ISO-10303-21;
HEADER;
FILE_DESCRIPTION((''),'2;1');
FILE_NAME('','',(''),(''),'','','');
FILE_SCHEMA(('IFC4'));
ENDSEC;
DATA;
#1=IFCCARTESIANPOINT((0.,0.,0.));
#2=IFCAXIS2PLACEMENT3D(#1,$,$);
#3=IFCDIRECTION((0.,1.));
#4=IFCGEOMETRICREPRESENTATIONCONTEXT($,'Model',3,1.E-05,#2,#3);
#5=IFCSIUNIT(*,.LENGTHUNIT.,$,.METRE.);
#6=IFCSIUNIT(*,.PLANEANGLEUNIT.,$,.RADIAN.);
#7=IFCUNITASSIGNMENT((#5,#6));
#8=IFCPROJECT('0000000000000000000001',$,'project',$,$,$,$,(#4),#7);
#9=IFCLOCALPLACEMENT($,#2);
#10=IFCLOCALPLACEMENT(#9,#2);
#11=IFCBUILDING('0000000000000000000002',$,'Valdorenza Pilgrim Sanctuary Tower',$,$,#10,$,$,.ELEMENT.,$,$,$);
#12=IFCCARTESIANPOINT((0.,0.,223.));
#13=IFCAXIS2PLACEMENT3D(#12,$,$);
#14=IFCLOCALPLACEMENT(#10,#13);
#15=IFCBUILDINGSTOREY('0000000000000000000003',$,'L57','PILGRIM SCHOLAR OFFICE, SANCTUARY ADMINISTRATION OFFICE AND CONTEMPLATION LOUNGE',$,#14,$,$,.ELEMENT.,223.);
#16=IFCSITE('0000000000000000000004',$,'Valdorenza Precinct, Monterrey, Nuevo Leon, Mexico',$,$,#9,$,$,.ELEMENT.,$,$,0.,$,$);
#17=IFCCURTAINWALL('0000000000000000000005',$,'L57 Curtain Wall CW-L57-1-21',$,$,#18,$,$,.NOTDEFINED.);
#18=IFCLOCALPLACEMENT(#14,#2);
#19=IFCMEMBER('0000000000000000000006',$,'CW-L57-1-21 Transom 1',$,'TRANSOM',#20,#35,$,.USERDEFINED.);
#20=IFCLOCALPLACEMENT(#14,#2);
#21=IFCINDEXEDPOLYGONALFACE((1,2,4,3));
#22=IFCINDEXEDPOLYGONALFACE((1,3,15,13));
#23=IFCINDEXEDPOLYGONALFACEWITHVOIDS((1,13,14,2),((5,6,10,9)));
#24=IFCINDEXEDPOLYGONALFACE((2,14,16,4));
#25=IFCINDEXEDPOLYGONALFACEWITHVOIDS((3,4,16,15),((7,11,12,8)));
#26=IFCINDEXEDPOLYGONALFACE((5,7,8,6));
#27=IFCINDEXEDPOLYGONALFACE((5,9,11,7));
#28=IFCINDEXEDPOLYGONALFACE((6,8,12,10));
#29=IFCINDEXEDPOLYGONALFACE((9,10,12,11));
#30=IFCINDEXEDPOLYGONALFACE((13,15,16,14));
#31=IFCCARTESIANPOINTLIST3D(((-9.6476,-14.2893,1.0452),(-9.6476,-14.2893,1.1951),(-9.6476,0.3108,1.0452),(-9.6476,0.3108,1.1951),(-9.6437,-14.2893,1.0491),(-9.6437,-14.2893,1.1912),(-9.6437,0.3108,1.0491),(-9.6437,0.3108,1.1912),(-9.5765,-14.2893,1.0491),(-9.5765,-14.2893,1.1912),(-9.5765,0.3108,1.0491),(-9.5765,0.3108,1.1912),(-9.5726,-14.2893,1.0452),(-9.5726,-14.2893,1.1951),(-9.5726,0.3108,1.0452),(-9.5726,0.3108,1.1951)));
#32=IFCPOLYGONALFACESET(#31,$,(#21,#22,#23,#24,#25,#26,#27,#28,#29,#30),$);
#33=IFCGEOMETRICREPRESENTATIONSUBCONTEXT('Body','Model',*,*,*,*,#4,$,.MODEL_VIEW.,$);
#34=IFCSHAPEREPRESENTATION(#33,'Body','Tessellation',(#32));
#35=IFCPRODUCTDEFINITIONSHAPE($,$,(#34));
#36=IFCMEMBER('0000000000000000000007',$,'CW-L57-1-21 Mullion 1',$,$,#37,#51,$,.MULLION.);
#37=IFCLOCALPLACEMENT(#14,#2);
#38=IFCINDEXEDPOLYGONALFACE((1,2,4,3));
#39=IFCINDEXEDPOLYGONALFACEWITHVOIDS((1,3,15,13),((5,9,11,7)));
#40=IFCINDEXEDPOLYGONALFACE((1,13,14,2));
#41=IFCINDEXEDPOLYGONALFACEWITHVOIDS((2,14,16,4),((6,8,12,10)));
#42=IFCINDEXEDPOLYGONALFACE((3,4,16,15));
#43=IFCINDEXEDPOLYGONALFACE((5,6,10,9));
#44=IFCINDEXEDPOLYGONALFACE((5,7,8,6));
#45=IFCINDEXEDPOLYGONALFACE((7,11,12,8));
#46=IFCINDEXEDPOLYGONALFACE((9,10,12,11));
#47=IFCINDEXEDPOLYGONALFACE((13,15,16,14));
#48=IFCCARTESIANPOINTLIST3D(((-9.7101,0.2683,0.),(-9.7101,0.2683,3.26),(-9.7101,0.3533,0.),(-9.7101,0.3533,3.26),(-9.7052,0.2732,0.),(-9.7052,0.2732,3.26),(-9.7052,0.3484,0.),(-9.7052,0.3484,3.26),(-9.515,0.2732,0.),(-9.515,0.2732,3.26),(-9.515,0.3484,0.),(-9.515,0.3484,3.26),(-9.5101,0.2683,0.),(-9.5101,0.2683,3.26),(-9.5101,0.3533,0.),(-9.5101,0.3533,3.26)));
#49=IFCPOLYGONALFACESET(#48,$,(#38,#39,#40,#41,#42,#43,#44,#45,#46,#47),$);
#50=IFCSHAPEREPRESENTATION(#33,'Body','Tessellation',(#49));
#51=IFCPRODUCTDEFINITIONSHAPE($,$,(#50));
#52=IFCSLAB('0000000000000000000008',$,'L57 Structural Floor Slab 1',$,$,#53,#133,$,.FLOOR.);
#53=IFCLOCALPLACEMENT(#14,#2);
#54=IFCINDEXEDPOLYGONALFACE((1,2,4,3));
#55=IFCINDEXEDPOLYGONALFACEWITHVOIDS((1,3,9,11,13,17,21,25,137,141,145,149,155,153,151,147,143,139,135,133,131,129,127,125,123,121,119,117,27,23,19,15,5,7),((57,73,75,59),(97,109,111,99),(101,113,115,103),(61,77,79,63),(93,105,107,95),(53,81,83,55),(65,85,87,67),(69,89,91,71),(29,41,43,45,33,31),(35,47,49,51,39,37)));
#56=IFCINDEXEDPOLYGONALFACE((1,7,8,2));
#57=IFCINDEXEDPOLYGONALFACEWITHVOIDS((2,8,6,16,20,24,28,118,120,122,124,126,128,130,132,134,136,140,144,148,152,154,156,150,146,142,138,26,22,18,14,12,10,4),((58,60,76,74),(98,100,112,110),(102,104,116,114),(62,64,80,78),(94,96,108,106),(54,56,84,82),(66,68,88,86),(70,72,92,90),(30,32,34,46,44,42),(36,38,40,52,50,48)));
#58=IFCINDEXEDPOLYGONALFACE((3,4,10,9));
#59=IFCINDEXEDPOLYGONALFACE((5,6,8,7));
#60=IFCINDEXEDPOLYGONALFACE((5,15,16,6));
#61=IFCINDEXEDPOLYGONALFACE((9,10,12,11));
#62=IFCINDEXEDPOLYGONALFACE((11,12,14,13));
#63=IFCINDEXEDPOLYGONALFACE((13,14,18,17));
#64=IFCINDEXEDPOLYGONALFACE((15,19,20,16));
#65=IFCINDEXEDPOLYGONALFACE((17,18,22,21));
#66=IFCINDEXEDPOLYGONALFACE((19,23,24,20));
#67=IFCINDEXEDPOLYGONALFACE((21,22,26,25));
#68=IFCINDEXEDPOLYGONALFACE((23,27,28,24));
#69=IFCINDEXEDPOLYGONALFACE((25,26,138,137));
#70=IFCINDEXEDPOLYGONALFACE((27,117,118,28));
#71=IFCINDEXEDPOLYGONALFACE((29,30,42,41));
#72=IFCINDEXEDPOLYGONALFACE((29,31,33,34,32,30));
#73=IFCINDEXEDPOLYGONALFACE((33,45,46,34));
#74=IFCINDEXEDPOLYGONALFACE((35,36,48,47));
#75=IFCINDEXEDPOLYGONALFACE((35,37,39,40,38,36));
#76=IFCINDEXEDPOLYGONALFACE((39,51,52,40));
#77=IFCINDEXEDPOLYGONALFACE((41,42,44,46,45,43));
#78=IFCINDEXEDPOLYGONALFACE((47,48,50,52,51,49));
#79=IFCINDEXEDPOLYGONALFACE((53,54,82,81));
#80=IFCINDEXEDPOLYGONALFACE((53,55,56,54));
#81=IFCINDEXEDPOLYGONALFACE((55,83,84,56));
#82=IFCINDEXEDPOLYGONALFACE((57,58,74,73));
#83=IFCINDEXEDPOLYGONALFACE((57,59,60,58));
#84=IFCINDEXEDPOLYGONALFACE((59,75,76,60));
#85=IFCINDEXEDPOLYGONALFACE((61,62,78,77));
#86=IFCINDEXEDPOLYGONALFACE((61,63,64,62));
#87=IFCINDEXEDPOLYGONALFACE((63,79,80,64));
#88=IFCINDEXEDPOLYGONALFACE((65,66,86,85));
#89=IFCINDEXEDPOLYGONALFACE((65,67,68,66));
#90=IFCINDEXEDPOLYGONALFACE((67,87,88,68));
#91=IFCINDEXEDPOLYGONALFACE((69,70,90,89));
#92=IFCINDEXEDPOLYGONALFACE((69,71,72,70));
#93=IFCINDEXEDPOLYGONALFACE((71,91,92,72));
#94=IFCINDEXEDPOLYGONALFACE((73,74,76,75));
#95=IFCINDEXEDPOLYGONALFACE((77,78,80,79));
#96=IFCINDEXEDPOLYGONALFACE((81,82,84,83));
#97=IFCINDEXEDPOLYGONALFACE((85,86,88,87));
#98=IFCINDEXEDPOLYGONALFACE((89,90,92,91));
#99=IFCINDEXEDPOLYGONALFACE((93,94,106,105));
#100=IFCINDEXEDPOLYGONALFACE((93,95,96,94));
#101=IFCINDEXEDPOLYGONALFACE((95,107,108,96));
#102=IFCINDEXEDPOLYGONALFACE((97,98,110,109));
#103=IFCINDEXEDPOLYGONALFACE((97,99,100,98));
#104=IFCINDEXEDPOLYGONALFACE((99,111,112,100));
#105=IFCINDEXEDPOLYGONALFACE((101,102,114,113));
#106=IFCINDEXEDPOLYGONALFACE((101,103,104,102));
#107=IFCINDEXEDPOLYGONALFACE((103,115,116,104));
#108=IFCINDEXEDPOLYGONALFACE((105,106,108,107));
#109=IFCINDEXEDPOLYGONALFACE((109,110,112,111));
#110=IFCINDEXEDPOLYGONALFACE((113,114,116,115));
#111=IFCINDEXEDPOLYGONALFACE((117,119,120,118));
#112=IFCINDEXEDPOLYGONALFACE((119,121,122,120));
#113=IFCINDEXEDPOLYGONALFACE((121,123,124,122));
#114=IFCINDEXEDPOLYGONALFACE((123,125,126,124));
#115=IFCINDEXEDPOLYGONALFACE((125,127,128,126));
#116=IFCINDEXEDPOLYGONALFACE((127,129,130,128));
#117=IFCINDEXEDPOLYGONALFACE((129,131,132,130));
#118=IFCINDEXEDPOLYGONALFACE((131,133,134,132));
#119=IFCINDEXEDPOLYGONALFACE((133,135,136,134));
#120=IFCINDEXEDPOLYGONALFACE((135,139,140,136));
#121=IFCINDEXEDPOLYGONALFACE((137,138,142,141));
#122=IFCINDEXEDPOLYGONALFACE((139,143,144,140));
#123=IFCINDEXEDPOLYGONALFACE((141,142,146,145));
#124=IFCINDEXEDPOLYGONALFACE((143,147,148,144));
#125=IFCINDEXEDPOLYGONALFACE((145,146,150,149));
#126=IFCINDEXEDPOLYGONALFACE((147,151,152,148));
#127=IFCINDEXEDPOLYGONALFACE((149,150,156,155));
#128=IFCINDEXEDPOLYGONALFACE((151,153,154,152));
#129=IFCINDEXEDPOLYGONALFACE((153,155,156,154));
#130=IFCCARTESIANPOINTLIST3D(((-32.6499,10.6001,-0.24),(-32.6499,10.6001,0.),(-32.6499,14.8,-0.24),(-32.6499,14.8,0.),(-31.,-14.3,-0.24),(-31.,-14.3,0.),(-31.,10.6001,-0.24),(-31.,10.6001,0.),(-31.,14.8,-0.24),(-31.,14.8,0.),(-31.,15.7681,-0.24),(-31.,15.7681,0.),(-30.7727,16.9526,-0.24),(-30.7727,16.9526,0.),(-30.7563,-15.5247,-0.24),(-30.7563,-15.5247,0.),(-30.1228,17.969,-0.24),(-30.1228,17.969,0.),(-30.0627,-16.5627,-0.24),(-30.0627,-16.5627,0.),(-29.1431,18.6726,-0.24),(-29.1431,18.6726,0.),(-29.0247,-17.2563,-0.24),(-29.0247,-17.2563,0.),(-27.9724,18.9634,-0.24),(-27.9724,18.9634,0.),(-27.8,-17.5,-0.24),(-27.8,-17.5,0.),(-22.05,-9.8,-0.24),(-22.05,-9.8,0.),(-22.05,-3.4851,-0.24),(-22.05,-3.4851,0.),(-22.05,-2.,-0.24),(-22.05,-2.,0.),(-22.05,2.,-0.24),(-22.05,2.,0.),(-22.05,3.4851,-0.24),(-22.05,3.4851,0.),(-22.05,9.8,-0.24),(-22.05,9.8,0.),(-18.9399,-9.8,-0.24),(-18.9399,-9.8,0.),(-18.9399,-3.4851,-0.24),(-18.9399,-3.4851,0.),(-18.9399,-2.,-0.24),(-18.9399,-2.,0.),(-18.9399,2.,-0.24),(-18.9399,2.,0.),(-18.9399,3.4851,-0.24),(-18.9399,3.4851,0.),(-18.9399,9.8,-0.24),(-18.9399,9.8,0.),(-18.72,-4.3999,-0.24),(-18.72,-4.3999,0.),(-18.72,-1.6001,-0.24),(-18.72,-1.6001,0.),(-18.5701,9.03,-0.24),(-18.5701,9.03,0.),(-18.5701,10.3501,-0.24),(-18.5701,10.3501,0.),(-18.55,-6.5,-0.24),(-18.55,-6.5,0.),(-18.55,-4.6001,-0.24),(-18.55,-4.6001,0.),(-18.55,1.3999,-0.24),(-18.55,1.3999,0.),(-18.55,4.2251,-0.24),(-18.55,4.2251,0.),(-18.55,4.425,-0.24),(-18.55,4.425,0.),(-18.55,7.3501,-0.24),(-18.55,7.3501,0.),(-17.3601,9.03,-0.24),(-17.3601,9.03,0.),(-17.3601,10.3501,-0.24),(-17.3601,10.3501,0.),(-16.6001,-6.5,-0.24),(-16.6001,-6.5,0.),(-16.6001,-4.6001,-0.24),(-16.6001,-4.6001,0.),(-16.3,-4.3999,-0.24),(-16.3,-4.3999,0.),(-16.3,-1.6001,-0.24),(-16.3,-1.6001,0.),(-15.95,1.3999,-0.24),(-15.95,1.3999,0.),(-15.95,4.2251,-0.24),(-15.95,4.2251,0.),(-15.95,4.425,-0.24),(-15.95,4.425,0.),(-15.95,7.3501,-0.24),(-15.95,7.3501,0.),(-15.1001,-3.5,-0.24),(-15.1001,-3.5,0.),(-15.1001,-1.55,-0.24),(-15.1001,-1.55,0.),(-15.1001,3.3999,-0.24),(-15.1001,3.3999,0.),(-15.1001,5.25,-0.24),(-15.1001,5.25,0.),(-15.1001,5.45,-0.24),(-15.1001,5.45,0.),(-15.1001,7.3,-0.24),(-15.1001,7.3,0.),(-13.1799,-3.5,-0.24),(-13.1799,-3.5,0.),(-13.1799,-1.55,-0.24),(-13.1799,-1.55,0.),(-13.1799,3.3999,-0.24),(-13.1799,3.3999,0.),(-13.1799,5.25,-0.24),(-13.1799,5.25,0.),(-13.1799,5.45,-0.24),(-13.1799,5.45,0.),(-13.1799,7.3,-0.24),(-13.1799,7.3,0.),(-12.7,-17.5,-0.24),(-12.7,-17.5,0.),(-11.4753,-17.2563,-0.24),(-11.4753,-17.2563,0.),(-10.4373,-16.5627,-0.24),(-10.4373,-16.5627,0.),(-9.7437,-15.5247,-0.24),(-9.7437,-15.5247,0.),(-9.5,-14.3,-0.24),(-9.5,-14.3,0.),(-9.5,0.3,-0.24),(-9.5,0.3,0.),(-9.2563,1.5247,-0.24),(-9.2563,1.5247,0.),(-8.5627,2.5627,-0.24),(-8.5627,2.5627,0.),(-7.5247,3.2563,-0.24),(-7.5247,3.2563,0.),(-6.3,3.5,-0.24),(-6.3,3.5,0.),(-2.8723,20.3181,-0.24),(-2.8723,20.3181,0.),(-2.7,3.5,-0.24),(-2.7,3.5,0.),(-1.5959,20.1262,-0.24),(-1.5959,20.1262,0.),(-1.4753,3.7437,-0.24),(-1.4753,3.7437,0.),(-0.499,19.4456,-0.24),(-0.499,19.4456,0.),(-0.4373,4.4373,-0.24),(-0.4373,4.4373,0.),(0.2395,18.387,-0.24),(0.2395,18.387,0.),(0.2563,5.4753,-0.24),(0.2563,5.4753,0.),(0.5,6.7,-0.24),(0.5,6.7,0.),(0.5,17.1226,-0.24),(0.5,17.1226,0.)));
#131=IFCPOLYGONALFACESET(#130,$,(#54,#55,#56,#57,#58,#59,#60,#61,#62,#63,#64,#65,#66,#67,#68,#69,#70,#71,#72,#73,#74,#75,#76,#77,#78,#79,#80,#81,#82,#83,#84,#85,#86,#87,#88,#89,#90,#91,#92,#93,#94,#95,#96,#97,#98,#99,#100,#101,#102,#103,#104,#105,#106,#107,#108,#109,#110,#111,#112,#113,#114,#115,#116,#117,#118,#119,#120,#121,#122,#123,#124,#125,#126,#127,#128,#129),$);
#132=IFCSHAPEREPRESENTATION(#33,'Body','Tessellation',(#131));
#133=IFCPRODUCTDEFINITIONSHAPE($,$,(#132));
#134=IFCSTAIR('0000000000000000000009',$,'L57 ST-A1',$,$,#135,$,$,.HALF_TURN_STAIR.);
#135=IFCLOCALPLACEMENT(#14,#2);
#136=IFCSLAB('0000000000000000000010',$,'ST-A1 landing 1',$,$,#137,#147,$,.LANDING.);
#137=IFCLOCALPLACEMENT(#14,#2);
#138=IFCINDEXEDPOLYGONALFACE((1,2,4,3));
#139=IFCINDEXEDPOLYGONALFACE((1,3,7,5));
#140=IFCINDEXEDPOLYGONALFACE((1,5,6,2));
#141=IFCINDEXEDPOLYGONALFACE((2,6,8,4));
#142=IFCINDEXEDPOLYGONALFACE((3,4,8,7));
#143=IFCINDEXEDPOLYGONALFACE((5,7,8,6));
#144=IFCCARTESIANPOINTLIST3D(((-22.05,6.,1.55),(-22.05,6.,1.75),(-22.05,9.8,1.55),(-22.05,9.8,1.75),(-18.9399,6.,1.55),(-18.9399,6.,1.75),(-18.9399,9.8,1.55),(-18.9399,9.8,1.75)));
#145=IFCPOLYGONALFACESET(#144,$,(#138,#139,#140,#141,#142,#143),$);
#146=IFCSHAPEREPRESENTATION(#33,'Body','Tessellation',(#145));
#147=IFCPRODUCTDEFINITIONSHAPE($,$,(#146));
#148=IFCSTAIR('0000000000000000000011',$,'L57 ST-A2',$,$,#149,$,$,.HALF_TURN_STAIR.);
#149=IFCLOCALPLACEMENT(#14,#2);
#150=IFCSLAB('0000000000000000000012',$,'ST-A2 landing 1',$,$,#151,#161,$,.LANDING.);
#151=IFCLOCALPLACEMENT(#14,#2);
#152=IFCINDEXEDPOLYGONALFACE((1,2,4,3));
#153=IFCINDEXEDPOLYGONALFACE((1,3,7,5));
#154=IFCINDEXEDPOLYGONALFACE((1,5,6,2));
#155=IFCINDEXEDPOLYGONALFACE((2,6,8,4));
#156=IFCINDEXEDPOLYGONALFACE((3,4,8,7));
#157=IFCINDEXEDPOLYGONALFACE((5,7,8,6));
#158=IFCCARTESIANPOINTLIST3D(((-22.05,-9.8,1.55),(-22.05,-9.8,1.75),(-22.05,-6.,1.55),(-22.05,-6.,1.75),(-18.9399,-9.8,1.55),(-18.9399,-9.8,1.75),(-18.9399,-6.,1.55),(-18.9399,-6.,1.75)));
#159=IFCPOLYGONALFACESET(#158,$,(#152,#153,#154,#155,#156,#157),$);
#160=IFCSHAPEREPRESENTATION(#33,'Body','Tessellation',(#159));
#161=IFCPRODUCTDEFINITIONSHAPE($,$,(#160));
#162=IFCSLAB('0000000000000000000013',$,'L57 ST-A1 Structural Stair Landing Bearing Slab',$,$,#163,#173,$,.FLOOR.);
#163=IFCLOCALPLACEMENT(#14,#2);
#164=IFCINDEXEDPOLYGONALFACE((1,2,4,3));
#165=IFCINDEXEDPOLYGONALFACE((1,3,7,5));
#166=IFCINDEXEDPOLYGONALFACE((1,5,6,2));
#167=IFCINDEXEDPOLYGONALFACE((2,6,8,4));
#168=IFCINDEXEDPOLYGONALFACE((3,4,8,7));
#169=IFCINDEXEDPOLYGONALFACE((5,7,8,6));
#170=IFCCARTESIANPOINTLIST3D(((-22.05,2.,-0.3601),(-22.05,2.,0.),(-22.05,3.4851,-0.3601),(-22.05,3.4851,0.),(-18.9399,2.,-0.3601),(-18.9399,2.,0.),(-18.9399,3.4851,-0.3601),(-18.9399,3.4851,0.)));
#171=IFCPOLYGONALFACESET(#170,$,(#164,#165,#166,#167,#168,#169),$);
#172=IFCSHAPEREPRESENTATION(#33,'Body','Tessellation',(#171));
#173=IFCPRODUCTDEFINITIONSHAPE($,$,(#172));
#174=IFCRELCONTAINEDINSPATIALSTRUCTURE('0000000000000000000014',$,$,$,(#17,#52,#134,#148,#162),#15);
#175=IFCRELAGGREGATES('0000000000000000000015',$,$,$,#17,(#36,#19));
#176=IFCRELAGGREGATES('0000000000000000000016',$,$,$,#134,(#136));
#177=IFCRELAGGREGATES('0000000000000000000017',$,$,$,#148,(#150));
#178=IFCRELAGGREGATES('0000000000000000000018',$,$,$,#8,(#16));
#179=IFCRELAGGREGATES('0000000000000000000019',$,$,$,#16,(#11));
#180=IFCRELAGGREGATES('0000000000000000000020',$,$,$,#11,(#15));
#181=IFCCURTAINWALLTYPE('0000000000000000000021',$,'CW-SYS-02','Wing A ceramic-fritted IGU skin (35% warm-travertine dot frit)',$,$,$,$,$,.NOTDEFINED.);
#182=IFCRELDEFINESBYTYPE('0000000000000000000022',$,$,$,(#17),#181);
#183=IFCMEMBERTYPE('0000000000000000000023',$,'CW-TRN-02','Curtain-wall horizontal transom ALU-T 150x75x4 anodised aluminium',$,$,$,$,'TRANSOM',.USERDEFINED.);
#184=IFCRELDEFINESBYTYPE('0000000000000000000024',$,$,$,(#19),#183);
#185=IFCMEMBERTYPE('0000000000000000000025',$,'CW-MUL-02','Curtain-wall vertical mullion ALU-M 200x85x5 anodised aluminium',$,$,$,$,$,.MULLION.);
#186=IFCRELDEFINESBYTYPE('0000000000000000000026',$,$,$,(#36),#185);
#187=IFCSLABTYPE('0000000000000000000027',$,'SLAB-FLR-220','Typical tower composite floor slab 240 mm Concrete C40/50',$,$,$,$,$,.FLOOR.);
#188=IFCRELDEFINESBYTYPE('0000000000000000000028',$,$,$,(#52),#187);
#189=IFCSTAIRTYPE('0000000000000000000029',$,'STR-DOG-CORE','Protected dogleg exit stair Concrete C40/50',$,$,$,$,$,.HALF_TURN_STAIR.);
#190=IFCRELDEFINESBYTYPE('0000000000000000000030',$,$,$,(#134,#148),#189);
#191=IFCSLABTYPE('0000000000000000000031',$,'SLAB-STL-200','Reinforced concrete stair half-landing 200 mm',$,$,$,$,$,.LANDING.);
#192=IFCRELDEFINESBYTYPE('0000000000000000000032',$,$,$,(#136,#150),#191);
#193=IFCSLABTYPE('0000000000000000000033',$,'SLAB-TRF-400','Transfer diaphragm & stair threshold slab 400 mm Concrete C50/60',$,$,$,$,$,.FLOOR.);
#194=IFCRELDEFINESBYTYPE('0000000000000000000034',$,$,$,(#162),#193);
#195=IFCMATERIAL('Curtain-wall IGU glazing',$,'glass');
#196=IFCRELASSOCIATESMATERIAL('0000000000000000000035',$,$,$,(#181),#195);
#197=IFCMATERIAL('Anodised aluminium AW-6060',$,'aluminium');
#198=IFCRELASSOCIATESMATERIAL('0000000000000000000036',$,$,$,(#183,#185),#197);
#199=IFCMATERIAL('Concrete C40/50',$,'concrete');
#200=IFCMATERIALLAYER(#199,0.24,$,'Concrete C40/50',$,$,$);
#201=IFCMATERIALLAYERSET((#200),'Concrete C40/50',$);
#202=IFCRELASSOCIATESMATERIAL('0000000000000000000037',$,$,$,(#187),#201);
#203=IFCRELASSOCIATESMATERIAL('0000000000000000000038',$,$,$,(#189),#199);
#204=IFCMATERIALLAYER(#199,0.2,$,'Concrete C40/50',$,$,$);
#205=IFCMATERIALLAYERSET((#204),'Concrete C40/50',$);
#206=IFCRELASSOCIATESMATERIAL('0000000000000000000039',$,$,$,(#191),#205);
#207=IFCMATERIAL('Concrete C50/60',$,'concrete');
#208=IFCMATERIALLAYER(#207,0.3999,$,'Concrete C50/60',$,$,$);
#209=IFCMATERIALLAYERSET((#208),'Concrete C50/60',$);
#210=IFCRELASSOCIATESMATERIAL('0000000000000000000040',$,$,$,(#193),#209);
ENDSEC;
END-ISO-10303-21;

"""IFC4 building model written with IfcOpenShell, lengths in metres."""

from ifc_helpers import new_model, si_unit, direction, frame, origin, origin_2d, place, context, subcontext, project, spatial, polyline, hollow_rectangle, outline, extrude, source, transform, mapped, material, layer, layer_set, material_profile, profile_set, type_object, element, aggregate, save


model = new_model("IFC4")

# Units and contexts
model_context = context("Model", 3, precision=1e-05, world=origin(), true_north=direction((0.0, 1.0)))
body_context = subcontext(model_context, "Body", "Model", "MODEL_VIEW")
ifc_project = project(units=[si_unit("LENGTHUNIT", "METRE"), si_unit("PLANEANGLEUNIT", "RADIAN")], contexts=[model_context])

# Site, building, storey
site_placement = place(None, origin())
site = spatial("IfcSite", under=ifc_project, at=site_placement, Name="Valdorenza Precinct, Monterrey, Nuevo Leon, Mexico", CompositionType="ELEMENT", RefElevation=0.0)
building_placement = place(site_placement, origin())
building = spatial("IfcBuilding", under=site, at=building_placement, Name="Valdorenza Pilgrim Sanctuary Tower", CompositionType="ELEMENT")
storey_placement = place(building_placement, frame((0.0, 0.0, 223.0)))
storey = spatial("IfcBuildingStorey", under=building, at=storey_placement, Name="L57", Description="PILGRIM SCHOLAR OFFICE, SANCTUARY ADMINISTRATION OFFICE AND CONTEMPLATION LOUNGE", CompositionType="ELEMENT", Elevation=223.0)

# Curtain wall, members
ifc_material_1 = material(Name="Curtain-wall IGU glazing", Category="glass")
curtain_wall_type = type_object("IfcCurtainWallType", Name="CW-SYS-02", Description="Wing A ceramic-fritted IGU skin (35% warm-travertine dot frit)", PredefinedType="NOTDEFINED", material=ifc_material_1)
curtain_wall_placement = place(storey_placement, origin())
curtain_wall = element("IfcCurtainWall", 1, at=curtain_wall_placement, inside=storey, type_object=curtain_wall_type, Name="L57 Curtain Wall CW-L57-1-21", PredefinedType="NOTDEFINED")
ifc_material_2 = material(Name="Anodised aluminium AW-6060", Category="aluminium")
ifc_material_profile_1 = material_profile(ifc_material_2, hollow_rectangle(XDim=0.075, YDim=0.1499, WallThickness=0.0039, at=origin_2d()), Name="ALU-T 150x75x4")
ifc_profile_set_1 = profile_set([ifc_material_profile_1], Name="Anodised aluminium AW-6060")
member_type_1 = type_object("IfcMemberType", Name="CW-TRN-02", Description="Curtain-wall horizontal transom ALU-T 150x75x4 anodised aluminium", ElementType="TRANSOM", PredefinedType="USERDEFINED", material=ifc_profile_set_1)
shared_shape_1 = source(origin(), body_context, "Body", "SweptSolid", [
    extrude(hollow_rectangle(XDim=0.075, YDim=0.1499, WallThickness=0.0039, at=origin_2d()), origin(), (0.0, 0.0, 1.0), 14.6001),
])
member_1_placement = place(storey_placement, frame((-9.6101, 0.3108, 1.1201), z_axis=(0.0, -1.0, 0.0), x_axis=(1.0, 0.0, 0.0)))
member_1 = element("IfcMember", 2, at=member_1_placement, type_object=member_type_1, Name="CW-L57-1-21 Transom 1", ObjectType="TRANSOM", PredefinedType="USERDEFINED", context=body_context, shape_type="MappedRepresentation", body=[
    mapped(shared_shape_1, transform((0.0, 0.0, 0.0), x_axis=(1.0, 0.0, 0.0), y_axis=(0.0, 1.0, 0.0), z_axis=(0.0, 0.0, 1.0), scale=1.0)),
])
ifc_material_profile_2 = material_profile(ifc_material_2, hollow_rectangle(XDim=0.085, YDim=0.2, WallThickness=0.0049, at=origin_2d()), Name="ALU-M 200x85x5")
ifc_profile_set_2 = profile_set([ifc_material_profile_2], Name="Anodised aluminium AW-6060")
member_type_2 = type_object("IfcMemberType", Name="CW-MUL-02", Description="Curtain-wall vertical mullion ALU-M 200x85x5 anodised aluminium", PredefinedType="MULLION", material=ifc_profile_set_2)
shared_shape_2 = source(origin(), body_context, "Body", "SweptSolid", [
    extrude(hollow_rectangle(XDim=0.085, YDim=0.2, WallThickness=0.0049, at=origin_2d()), origin(), (0.0, 0.0, 1.0), 3.26),
])
member_2_placement = place(storey_placement, frame((-9.6101, 0.3108, 0.0), z_axis=(0.0, 0.0, 1.0), x_axis=(0.0, -1.0, 0.0)))
member_2 = element("IfcMember", 3, at=member_2_placement, type_object=member_type_2, Name="CW-L57-1-21 Mullion 1", PredefinedType="MULLION", context=body_context, shape_type="MappedRepresentation", body=[
    mapped(shared_shape_2, transform((0.0, 0.0, 0.0), x_axis=(1.0, 0.0, 0.0), y_axis=(0.0, 1.0, 0.0), z_axis=(0.0, 0.0, 1.0), scale=1.0)),
])
aggregate(curtain_wall, [member_2, member_1])

# Slab
ifc_material_3 = material(Name="Concrete C40/50", Category="concrete")
ifc_layer_1 = layer(ifc_material_3, 0.24, Name="Concrete C40/50")
ifc_layer_set_1 = layer_set([ifc_layer_1], Name="Concrete C40/50")
slab_type_1 = type_object("IfcSlabType", Name="SLAB-FLR-220", Description="Typical tower composite floor slab 240 mm Concrete C40/50", PredefinedType="FLOOR", material=ifc_layer_set_1)
slab_1_placement = place(storey_placement, frame((0.0, 0.0, -0.24)))
element("IfcSlab", 4, at=slab_1_placement, inside=storey, type_object=slab_type_1, Name="L57 Structural Floor Slab 1", PredefinedType="FLOOR", context=body_context, shape_type="SweptSolid", body=[
    extrude(outline(polyline([(-30.7727, 16.9526), (-30.1228, 17.969), (-29.1431, 18.6726), (-27.9724, 18.9634), (-2.8723, 20.3181), (-1.5959, 20.1262), (-0.499, 19.4456), (0.2395, 18.387), (0.5, 17.1226), (0.5, 6.7), (0.2563, 5.4753), (-0.4373, 4.4373), (-1.4753, 3.7437), (-2.7, 3.5), (-6.3, 3.5), (-7.5247, 3.2563), (-8.5627, 2.5627), (-9.2563, 1.5247), (-9.5, 0.3), (-9.5, -14.3), (-9.7437, -15.5247), (-10.4373, -16.5627), (-11.4753, -17.2563), (-12.7, -17.5), (-27.8, -17.5), (-29.0247, -17.2563), (-30.0627, -16.5627), (-30.7563, -15.5247), (-31.0, -14.3), (-31.0, 10.6001), (-32.6499, 10.6001), (-32.6499, 14.8), (-31.0, 14.8), (-31.0, 15.7681), (-30.7727, 16.9526)]), holes=[polyline([(-22.05, -9.8), (-18.9399, -9.8), (-18.9399, -3.4851), (-18.9399, -2.0), (-22.05, -2.0), (-22.05, -3.4851), (-22.05, -9.8)]), polyline([(-16.6001, -6.5), (-16.6001, -4.6001), (-18.55, -4.6001), (-18.55, -6.5), (-16.6001, -6.5)]), polyline([(-22.05, 2.0), (-18.9399, 2.0), (-18.9399, 3.4851), (-18.9399, 9.8), (-22.05, 9.8), (-22.05, 3.4851), (-22.05, 2.0)]), polyline([(-17.3601, 9.03), (-17.3601, 10.3501), (-18.5701, 10.3501), (-18.5701, 9.03), (-17.3601, 9.03)]), polyline([(-16.3, -1.6001), (-18.72, -1.6001), (-18.72, -4.3999), (-16.3, -4.3999), (-16.3, -1.6001)]), polyline([(-13.1799, -3.5), (-13.1799, -1.55), (-15.1001, -1.55), (-15.1001, -3.5), (-13.1799, -3.5)]), polyline([(-15.95, 1.3999), (-15.95, 4.2251), (-18.55, 4.2251), (-18.55, 1.3999), (-15.95, 1.3999)]), polyline([(-13.1799, 5.25), (-15.1001, 5.25), (-15.1001, 3.3999), (-13.1799, 3.3999), (-13.1799, 5.25)]), polyline([(-15.95, 4.425), (-15.95, 7.3501), (-18.55, 7.3501), (-18.55, 4.425), (-15.95, 4.425)]), polyline([(-13.1799, 5.45), (-13.1799, 7.3), (-15.1001, 7.3), (-15.1001, 5.45), (-13.1799, 5.45)])]), origin(), (0.0, 0.0, 1.0), 0.24),
])

# Stairs, slabs
stair_type = type_object("IfcStairType", Name="STR-DOG-CORE", Description="Protected dogleg exit stair Concrete C40/50", PredefinedType="HALF_TURN_STAIR", material=ifc_material_3)
stair_1_placement = place(storey_placement, origin())
stair_1 = element("IfcStair", 5, at=stair_1_placement, inside=storey, type_object=stair_type, Name="L57 ST-A1", PredefinedType="HALF_TURN_STAIR")
ifc_layer_2 = layer(ifc_material_3, 0.2, Name="Concrete C40/50")
ifc_layer_set_2 = layer_set([ifc_layer_2], Name="Concrete C40/50")
slab_type_2 = type_object("IfcSlabType", Name="SLAB-STL-200", Description="Reinforced concrete stair half-landing 200 mm", PredefinedType="LANDING", material=ifc_layer_set_2)
slab_2_placement = place(storey_placement, frame((0.0, 0.0, 1.55)))
slab_2 = element("IfcSlab", 6, at=slab_2_placement, type_object=slab_type_2, Name="ST-A1 landing 1", PredefinedType="LANDING", context=body_context, shape_type="SweptSolid", body=[
    extrude(outline(polyline([(-18.9399, 6.0), (-18.9399, 9.8), (-22.05, 9.8), (-22.05, 6.0), (-18.9399, 6.0)])), origin(), (0.0, 0.0, 1.0), 0.2),
])
aggregate(stair_1, [slab_2])
stair_2_placement = place(storey_placement, origin())
stair_2 = element("IfcStair", 7, at=stair_2_placement, inside=storey, type_object=stair_type, Name="L57 ST-A2", PredefinedType="HALF_TURN_STAIR")
slab_3_placement = place(storey_placement, frame((0.0, 0.0, 1.55)))
slab_3 = element("IfcSlab", 8, at=slab_3_placement, type_object=slab_type_2, Name="ST-A2 landing 1", PredefinedType="LANDING", context=body_context, shape_type="SweptSolid", body=[
    extrude(outline(polyline([(-22.05, -6.0), (-22.05, -9.8), (-18.9399, -9.8), (-18.9399, -6.0), (-22.05, -6.0)])), origin(), (0.0, 0.0, 1.0), 0.2),
])
aggregate(stair_2, [slab_3])

# Slab
ifc_material_4 = material(Name="Concrete C50/60", Category="concrete")
ifc_layer_3 = layer(ifc_material_4, 0.3999, Name="Concrete C50/60")
ifc_layer_set_3 = layer_set([ifc_layer_3], Name="Concrete C50/60")
slab_type_3 = type_object("IfcSlabType", Name="SLAB-TRF-400", Description="Transfer diaphragm & stair threshold slab 400 mm Concrete C50/60", PredefinedType="FLOOR", material=ifc_layer_set_3)
slab_4_placement = place(storey_placement, frame((0.0, 0.0, -0.3601)))
element("IfcSlab", 9, at=slab_4_placement, inside=storey, type_object=slab_type_3, Name="L57 ST-A1 Structural Stair Landing Bearing Slab", PredefinedType="FLOOR", context=body_context, shape_type="SweptSolid", body=[
    extrude(outline(polyline([(-22.05, 2.0), (-18.9399, 2.0), (-18.9399, 3.4851), (-22.05, 3.4851), (-22.05, 2.0)])), origin(), (0.0, 0.0, 1.0), 0.3601),
])

save(model, "model.ifc")
